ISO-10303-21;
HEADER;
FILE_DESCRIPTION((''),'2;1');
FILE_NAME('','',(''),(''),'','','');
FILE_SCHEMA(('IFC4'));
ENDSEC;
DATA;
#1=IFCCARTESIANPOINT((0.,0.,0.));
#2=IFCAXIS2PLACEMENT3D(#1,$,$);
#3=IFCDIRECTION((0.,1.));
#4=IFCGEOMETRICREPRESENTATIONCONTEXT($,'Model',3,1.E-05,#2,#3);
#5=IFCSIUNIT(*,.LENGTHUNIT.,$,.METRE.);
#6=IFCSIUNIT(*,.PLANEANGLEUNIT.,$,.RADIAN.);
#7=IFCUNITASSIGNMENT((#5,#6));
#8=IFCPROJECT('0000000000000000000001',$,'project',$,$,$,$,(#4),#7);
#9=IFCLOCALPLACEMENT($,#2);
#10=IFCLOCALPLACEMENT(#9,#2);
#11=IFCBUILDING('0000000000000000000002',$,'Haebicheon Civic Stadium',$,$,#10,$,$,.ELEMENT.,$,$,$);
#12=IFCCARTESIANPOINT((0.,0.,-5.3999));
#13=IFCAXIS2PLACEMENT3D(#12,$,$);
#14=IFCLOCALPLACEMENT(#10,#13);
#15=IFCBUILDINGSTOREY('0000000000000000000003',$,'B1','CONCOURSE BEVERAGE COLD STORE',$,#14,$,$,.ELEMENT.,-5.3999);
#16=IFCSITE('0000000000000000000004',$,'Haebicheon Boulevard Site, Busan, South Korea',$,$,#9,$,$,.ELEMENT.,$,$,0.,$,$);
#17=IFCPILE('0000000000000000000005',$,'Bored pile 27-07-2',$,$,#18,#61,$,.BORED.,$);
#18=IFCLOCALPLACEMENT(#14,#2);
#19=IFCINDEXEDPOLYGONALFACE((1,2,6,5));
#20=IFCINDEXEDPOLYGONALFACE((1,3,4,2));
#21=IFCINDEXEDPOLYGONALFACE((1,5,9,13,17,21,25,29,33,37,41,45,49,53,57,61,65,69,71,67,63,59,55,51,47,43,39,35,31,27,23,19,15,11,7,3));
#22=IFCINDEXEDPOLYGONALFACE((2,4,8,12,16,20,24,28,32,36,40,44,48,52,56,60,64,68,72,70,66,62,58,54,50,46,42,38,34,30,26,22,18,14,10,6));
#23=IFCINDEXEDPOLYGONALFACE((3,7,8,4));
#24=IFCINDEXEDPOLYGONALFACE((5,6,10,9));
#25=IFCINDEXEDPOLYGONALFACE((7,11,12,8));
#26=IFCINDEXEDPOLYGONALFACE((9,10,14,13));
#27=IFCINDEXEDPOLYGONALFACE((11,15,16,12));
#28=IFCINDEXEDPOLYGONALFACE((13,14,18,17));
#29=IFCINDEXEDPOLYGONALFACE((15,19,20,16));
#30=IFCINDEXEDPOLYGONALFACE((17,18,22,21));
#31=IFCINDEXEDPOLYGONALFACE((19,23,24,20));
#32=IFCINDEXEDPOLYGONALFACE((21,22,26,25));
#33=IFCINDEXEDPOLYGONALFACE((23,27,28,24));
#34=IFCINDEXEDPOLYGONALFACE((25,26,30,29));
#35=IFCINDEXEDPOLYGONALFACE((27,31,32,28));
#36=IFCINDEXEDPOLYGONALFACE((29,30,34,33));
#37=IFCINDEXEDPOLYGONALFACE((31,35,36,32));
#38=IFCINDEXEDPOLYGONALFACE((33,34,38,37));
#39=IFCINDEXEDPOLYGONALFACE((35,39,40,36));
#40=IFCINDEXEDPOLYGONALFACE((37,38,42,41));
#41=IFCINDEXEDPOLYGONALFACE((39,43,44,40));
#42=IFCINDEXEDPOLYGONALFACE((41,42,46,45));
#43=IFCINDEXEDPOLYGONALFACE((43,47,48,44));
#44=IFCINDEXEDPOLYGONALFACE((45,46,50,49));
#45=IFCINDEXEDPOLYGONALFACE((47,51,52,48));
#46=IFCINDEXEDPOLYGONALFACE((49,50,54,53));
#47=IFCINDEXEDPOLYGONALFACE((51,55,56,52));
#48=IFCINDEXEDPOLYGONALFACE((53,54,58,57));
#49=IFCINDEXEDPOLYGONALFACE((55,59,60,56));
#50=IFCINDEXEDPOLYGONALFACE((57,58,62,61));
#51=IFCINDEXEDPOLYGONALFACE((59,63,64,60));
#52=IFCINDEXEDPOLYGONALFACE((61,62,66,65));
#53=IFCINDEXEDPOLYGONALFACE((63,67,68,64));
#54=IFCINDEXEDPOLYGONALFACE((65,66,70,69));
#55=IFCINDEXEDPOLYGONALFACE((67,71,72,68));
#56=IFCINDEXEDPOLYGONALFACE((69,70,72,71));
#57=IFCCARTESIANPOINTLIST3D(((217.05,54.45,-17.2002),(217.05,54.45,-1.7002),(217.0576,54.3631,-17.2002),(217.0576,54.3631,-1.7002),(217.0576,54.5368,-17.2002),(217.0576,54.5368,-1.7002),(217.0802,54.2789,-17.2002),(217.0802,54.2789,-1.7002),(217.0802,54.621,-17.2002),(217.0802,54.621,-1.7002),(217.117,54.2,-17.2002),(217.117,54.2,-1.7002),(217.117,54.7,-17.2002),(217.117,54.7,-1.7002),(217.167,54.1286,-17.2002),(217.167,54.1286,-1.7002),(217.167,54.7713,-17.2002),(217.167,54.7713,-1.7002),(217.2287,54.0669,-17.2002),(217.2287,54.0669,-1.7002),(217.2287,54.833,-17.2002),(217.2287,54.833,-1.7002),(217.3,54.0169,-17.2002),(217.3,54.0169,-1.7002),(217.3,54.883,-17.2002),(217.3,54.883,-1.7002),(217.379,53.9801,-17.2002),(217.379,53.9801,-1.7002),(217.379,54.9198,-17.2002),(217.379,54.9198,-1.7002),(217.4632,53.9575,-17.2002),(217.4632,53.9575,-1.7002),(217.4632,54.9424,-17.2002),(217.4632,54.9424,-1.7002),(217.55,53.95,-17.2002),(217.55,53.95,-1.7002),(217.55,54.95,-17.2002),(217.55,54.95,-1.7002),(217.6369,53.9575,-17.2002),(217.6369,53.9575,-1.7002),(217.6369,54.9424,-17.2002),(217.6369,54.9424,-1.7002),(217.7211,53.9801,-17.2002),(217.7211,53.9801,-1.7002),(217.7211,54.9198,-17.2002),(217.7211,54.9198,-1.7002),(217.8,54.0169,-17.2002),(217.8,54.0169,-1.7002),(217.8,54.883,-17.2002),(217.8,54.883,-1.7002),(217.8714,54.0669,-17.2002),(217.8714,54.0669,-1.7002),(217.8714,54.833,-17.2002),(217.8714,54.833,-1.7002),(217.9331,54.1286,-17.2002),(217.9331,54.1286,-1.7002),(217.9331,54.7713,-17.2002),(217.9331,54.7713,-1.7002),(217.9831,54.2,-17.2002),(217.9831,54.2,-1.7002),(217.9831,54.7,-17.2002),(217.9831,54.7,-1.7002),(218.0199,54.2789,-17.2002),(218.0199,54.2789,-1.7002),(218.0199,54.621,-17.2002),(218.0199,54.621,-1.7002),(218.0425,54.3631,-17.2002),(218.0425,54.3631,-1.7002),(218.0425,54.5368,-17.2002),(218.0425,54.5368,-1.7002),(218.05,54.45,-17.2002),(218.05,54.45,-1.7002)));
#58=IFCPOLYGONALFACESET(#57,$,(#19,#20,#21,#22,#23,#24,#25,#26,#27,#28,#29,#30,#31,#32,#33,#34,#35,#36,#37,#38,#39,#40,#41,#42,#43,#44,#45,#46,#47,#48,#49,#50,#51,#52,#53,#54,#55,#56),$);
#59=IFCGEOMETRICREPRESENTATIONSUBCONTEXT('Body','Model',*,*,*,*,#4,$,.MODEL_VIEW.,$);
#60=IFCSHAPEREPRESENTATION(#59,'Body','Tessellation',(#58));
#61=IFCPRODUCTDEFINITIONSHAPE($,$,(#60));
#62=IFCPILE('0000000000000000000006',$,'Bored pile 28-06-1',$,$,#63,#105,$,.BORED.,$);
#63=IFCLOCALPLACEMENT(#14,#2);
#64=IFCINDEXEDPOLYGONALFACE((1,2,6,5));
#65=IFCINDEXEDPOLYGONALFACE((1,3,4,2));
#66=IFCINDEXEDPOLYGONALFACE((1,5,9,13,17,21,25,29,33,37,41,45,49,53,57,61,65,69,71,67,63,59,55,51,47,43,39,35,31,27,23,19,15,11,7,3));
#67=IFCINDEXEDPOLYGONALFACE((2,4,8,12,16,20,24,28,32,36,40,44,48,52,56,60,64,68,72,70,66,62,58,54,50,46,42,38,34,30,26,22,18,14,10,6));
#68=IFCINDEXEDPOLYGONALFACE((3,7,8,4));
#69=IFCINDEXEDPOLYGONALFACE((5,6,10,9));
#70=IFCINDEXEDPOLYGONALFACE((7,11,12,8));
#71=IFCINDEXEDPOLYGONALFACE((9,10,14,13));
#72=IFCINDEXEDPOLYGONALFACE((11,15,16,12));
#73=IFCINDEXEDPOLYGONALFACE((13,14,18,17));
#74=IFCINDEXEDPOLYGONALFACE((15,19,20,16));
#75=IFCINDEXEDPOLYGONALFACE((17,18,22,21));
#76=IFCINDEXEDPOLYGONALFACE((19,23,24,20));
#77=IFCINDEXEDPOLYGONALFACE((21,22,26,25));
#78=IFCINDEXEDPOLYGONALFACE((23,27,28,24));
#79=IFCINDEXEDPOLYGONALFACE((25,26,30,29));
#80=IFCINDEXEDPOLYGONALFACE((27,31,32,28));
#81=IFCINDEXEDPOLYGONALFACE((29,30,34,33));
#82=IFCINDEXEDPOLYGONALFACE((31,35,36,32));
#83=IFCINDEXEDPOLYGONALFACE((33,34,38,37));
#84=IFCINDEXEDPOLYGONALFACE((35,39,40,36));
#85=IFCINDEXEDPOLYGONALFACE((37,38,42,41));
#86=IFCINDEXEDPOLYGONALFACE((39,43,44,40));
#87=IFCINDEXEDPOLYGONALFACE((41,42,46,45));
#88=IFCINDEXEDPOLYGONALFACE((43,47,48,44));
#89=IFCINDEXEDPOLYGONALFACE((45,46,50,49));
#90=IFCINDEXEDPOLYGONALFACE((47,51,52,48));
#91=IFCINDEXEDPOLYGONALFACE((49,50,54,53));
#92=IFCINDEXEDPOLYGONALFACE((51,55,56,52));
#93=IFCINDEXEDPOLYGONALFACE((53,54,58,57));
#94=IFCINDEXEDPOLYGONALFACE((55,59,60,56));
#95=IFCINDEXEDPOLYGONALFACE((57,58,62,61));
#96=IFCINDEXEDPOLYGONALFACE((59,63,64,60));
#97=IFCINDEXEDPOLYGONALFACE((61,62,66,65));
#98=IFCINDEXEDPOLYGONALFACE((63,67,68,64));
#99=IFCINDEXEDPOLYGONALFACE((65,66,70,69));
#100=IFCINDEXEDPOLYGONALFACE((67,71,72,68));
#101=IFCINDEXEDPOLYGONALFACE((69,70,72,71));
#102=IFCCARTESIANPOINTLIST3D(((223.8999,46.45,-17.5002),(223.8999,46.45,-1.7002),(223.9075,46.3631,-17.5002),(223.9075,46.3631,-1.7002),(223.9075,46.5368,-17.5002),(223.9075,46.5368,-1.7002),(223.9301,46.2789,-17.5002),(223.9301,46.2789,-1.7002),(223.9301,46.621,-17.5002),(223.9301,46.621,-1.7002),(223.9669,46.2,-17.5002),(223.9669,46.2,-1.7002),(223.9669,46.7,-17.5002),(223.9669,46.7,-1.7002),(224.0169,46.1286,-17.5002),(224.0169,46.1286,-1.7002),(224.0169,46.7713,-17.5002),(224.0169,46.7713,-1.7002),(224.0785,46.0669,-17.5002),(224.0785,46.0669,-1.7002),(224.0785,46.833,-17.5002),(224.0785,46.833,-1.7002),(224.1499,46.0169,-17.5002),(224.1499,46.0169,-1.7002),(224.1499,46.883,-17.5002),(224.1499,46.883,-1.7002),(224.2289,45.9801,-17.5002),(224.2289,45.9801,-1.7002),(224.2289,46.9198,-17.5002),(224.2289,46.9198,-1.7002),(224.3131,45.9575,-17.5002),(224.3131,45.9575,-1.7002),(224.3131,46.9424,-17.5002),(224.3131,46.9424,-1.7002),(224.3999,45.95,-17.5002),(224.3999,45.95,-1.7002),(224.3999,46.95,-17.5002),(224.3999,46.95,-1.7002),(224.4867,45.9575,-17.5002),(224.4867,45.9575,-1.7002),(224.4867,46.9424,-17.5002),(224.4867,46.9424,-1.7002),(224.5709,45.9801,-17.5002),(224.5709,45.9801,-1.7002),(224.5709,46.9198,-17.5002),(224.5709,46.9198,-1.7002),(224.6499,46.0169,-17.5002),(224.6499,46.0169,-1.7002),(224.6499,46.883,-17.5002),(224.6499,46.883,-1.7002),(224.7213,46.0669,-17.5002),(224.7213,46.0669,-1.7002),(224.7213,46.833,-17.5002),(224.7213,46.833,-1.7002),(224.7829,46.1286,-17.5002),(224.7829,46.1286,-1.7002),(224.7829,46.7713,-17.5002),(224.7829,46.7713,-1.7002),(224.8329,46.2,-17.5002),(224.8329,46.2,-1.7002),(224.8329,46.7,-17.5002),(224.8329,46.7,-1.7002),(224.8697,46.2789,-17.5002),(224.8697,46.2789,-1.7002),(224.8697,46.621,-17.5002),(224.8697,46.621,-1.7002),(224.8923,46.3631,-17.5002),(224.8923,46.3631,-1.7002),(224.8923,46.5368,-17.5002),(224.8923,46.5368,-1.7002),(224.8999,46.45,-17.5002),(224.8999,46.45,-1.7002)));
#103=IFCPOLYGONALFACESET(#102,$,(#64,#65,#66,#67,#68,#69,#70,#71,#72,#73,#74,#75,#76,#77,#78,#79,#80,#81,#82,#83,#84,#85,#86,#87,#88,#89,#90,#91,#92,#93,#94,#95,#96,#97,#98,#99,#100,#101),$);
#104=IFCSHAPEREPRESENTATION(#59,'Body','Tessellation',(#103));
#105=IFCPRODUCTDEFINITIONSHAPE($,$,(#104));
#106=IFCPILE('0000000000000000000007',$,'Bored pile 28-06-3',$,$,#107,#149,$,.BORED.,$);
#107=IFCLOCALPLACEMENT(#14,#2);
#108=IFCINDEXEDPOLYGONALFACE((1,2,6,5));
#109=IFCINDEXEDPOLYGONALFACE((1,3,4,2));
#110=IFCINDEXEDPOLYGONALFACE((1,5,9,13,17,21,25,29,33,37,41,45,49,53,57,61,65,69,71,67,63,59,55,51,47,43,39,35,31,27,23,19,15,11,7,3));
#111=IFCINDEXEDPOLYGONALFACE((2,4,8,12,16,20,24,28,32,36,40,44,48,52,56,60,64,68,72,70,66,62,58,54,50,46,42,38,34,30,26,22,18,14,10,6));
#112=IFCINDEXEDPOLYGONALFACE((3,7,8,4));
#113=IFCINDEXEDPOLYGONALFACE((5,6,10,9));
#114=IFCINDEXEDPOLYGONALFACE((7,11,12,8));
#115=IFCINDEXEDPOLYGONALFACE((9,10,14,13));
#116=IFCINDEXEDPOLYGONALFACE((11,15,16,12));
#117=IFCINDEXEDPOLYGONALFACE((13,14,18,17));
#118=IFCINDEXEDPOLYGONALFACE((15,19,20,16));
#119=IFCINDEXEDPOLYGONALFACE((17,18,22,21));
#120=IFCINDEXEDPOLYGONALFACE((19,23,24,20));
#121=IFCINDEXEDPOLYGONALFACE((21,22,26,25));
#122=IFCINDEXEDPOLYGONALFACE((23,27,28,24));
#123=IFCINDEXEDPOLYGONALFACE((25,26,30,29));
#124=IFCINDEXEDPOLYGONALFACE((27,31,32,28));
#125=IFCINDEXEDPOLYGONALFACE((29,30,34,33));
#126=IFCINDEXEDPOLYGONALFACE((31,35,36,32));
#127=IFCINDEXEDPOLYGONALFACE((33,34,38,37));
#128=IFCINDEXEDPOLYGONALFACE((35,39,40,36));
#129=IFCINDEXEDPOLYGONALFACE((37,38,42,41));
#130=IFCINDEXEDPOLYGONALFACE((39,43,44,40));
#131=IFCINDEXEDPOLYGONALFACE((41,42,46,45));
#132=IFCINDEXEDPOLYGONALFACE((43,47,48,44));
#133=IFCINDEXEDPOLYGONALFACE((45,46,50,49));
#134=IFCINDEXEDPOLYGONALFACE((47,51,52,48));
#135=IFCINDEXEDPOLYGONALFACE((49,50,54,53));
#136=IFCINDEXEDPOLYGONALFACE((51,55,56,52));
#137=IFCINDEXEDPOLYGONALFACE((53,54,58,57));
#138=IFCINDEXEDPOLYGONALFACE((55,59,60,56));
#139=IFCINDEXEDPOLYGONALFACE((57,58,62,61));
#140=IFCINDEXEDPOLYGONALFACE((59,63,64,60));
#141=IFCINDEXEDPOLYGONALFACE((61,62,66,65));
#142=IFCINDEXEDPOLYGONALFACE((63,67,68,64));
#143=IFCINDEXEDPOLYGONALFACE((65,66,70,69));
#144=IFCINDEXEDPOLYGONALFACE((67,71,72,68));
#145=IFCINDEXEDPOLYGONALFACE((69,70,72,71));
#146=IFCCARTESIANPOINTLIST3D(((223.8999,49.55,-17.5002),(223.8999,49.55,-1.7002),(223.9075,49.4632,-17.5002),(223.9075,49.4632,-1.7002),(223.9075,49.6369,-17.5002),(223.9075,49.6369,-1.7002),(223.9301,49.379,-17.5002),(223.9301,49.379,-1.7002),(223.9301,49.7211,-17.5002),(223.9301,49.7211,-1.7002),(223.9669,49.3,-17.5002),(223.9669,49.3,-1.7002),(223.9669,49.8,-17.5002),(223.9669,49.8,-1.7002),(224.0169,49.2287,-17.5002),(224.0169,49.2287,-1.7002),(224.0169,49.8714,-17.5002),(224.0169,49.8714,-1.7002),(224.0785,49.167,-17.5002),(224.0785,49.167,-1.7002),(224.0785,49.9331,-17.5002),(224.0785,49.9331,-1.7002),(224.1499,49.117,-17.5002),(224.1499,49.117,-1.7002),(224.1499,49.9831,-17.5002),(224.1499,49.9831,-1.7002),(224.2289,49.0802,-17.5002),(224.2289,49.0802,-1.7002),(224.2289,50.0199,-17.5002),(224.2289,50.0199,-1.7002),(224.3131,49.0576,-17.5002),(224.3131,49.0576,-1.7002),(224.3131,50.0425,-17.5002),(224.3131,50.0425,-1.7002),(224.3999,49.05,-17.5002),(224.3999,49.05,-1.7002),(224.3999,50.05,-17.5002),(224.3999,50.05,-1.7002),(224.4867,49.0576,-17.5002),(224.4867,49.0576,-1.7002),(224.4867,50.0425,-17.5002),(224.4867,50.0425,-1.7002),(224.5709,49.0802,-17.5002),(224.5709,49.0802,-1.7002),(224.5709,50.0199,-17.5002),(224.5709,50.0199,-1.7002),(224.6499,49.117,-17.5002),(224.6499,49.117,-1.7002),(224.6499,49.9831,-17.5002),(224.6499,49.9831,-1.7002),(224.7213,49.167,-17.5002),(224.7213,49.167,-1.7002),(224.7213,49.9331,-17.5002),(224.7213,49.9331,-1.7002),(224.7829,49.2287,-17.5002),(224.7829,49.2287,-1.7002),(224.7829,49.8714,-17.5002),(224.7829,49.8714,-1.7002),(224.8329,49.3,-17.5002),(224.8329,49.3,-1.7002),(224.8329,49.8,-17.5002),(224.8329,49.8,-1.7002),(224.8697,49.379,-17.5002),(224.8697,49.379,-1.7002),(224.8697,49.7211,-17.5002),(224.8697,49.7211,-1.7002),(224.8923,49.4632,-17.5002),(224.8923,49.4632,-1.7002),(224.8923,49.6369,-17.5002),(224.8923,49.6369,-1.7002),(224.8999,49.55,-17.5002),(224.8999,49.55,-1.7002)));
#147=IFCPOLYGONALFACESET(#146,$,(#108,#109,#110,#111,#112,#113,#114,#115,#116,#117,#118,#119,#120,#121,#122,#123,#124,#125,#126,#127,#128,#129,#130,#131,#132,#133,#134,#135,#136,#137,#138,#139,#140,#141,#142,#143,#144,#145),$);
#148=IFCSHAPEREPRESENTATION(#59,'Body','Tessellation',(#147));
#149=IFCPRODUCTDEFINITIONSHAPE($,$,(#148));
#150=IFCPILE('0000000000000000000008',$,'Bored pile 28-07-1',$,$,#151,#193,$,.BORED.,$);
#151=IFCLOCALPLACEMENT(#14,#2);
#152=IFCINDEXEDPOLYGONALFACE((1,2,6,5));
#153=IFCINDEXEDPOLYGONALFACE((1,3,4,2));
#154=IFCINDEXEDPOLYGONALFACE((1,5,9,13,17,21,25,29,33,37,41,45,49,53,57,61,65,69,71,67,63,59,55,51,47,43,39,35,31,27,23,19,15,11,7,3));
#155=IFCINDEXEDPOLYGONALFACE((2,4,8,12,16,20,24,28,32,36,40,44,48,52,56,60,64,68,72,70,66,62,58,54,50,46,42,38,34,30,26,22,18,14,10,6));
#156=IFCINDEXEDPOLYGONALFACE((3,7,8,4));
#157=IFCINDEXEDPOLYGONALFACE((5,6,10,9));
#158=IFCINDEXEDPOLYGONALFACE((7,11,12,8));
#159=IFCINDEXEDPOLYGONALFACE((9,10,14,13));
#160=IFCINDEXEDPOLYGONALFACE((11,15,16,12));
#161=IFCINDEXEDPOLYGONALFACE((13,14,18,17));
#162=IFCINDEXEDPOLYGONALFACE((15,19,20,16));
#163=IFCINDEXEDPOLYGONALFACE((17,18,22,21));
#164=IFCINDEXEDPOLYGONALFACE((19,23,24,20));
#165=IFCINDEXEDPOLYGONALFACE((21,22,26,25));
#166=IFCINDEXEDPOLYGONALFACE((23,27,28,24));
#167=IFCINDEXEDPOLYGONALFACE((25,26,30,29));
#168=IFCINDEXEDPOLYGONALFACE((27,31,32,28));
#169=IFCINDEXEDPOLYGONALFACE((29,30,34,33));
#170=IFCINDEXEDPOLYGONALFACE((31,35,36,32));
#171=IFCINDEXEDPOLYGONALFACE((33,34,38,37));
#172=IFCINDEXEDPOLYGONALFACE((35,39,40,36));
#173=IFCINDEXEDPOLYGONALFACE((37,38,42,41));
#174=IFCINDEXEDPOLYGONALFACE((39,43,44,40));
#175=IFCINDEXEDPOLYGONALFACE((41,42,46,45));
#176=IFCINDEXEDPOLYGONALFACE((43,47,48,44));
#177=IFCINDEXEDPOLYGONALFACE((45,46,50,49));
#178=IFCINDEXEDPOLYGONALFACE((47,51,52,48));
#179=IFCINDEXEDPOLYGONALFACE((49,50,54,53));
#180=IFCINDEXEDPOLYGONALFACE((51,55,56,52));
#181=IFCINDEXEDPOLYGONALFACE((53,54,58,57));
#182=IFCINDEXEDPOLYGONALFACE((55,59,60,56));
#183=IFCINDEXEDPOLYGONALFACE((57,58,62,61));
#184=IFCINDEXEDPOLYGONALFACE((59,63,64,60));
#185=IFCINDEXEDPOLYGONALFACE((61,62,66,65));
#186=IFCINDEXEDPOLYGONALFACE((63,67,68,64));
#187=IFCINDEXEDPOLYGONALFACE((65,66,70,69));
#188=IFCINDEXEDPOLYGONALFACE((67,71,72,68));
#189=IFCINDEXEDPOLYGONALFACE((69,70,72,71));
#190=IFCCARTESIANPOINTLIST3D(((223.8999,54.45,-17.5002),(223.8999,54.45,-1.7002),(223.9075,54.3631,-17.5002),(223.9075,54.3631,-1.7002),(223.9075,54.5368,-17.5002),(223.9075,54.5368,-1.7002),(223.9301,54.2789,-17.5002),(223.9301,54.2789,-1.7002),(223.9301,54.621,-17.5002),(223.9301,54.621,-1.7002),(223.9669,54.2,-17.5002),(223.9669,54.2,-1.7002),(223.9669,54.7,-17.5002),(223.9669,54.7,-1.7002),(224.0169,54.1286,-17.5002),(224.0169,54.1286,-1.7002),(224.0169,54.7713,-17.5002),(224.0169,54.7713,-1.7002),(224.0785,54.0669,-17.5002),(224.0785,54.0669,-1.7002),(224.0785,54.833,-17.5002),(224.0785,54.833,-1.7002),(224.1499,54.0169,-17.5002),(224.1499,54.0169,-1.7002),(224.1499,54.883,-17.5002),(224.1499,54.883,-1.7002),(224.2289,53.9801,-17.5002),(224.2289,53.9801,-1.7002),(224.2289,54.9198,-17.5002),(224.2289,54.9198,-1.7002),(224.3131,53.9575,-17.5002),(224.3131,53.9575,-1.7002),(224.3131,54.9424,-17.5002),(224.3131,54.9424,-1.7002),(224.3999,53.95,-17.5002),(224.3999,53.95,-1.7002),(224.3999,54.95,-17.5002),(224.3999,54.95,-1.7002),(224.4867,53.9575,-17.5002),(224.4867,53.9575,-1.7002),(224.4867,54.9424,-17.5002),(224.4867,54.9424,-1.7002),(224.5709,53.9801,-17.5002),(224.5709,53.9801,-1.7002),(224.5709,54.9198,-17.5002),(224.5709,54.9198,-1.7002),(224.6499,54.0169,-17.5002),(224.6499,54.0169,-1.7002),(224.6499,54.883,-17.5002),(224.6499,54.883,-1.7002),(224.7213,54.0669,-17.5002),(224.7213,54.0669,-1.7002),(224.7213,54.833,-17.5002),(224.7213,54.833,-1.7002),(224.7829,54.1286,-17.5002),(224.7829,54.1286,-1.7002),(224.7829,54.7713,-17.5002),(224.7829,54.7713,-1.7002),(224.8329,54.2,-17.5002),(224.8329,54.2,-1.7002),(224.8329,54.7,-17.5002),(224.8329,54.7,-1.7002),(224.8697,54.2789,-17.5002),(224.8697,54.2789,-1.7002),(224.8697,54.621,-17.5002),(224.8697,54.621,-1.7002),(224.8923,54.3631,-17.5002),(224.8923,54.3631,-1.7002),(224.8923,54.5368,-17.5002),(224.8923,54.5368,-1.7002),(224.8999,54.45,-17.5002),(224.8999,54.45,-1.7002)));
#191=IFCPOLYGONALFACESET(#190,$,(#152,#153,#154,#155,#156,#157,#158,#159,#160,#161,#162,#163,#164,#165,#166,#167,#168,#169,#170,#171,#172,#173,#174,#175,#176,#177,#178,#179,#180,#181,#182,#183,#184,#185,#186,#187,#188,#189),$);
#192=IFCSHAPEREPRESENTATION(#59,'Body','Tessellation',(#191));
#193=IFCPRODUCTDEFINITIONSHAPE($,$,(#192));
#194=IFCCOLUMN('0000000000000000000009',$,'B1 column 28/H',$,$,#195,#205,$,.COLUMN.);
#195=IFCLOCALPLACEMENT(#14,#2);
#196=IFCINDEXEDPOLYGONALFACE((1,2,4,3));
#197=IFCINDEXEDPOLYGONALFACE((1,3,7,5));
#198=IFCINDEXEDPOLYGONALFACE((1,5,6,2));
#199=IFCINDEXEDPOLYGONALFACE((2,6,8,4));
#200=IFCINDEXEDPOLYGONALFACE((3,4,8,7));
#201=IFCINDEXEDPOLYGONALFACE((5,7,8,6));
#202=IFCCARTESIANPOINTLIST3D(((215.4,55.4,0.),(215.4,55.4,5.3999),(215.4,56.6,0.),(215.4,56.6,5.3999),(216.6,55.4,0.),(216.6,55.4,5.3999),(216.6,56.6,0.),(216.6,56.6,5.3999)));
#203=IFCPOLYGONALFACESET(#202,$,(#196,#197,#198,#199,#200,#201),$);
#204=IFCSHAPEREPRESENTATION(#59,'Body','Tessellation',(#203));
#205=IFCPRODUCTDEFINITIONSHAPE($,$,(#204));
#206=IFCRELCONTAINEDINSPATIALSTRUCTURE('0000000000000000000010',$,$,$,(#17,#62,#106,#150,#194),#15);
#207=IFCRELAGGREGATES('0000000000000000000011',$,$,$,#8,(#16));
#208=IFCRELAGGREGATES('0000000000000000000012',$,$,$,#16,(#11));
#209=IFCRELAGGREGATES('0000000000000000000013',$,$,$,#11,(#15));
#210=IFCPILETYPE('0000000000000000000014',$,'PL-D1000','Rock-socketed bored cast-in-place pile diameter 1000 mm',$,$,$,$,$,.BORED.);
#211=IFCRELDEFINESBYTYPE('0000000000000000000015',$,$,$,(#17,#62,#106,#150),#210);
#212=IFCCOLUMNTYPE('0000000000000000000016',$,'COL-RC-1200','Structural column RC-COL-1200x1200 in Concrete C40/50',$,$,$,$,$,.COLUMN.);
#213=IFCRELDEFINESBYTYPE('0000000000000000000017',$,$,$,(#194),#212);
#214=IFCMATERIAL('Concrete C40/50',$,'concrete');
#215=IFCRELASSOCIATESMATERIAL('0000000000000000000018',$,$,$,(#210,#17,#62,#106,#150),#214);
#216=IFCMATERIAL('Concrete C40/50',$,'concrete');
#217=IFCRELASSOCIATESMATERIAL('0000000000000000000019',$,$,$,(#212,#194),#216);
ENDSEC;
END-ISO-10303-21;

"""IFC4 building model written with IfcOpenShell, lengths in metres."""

from ifc_helpers import new_model, si_unit, direction, frame, origin, origin_2d, place, context, subcontext, project, spatial, rectangle, circle, extrude, material, material_profile, profile_set, type_object, element, save


model = new_model("IFC4")

# Units and contexts
model_context = context("Model", 3, precision=1e-05, world=origin(), true_north=direction((0.0, 1.0)))
body_context = subcontext(model_context, "Body", "Model", "MODEL_VIEW")
ifc_project = project(units=[si_unit("LENGTHUNIT", "METRE"), si_unit("PLANEANGLEUNIT", "RADIAN")], contexts=[model_context])

# Site, building, storey
site_placement = place(None, origin())
site = spatial("IfcSite", under=ifc_project, at=site_placement, Name="Haebicheon Boulevard Site, Busan, South Korea", CompositionType="ELEMENT", RefElevation=0.0)
building_placement = place(site_placement, origin())
building = spatial("IfcBuilding", under=site, at=building_placement, Name="Haebicheon Civic Stadium", CompositionType="ELEMENT")
storey_placement = place(building_placement, frame((0.0, 0.0, -5.3999)))
storey = spatial("IfcBuildingStorey", under=building, at=storey_placement, Name="B1", Description="CONCOURSE BEVERAGE COLD STORE", CompositionType="ELEMENT", Elevation=-5.3999)

# Piles
ifc_material_1 = material(Name="Concrete C40/50", Category="concrete")
ifc_material_profile_1 = material_profile(ifc_material_1, circle(Radius=0.5, at=origin_2d()), Name="PILE-D1000")
ifc_profile_set_1 = profile_set([ifc_material_profile_1], Name="Concrete C40/50")
pile_type = type_object("IfcPileType", Name="PL-D1000", Description="Rock-socketed bored cast-in-place pile diameter 1000 mm", PredefinedType="BORED", material=ifc_profile_set_1)
for number, where, z_axis, x_axis, name in (
    (1, (217.55, 54.45, -1.7002), (0.0, 0.0, -1.0), (1.0, 0.0, 0.0), "Bored pile 27-07-2"),
):
    element("IfcPile", number, at=place(storey_placement, frame(where, z_axis=z_axis, x_axis=x_axis)), inside=storey, type_object=pile_type, material=ifc_profile_set_1, Name=name, PredefinedType="BORED", context=body_context, shape_type="SweptSolid", body=[
        extrude(circle(Radius=0.5, at=origin_2d()), origin(), (0.0, 0.0, 1.0), 15.5),
    ])
for number, where, z_axis, x_axis, name in (
    (2, (224.3999, 46.45, -1.7002), (0.0, 0.0, -1.0), (1.0, 0.0, 0.0), "Bored pile 28-06-1"),
    (3, (224.3999, 49.55, -1.7002), (0.0, 0.0, -1.0), (1.0, 0.0, 0.0), "Bored pile 28-06-3"),
    (4, (224.3999, 54.45, -1.7002), (0.0, 0.0, -1.0), (1.0, 0.0, 0.0), "Bored pile 28-07-1"),
):
    element("IfcPile", number, at=place(storey_placement, frame(where, z_axis=z_axis, x_axis=x_axis)), inside=storey, type_object=pile_type, material=ifc_profile_set_1, Name=name, PredefinedType="BORED", context=body_context, shape_type="SweptSolid", body=[
        extrude(circle(Radius=0.5, at=origin_2d()), origin(), (0.0, 0.0, 1.0), 15.8),
    ])

# Column
ifc_material_2 = material(Name="Concrete C40/50", Category="concrete")
ifc_material_profile_2 = material_profile(ifc_material_2, rectangle(XDim=1.2, YDim=1.2, at=origin_2d()), Name="RC-COL-1200x1200")
ifc_profile_set_2 = profile_set([ifc_material_profile_2], Name="Concrete C40/50")
column_type = type_object("IfcColumnType", Name="COL-RC-1200", Description="Structural column RC-COL-1200x1200 in Concrete C40/50", PredefinedType="COLUMN", material=ifc_profile_set_2)
for number, where, z_axis, x_axis, name in (
    (5, (216.0, 56.0, 0.0), (0.0, 0.0, 1.0), (1.0, 0.0, 0.0), "B1 column 28/H"),
):
    element("IfcColumn", number, at=place(storey_placement, frame(where, z_axis=z_axis, x_axis=x_axis)), inside=storey, type_object=column_type, material=ifc_profile_set_2, Name=name, PredefinedType="COLUMN", context=body_context, shape_type="SweptSolid", body=[
        extrude(rectangle(XDim=1.2, YDim=1.2, at=origin_2d()), origin(), (0.0, 0.0, 1.0), 5.3999),
    ])

save(model, "model.ifc")
